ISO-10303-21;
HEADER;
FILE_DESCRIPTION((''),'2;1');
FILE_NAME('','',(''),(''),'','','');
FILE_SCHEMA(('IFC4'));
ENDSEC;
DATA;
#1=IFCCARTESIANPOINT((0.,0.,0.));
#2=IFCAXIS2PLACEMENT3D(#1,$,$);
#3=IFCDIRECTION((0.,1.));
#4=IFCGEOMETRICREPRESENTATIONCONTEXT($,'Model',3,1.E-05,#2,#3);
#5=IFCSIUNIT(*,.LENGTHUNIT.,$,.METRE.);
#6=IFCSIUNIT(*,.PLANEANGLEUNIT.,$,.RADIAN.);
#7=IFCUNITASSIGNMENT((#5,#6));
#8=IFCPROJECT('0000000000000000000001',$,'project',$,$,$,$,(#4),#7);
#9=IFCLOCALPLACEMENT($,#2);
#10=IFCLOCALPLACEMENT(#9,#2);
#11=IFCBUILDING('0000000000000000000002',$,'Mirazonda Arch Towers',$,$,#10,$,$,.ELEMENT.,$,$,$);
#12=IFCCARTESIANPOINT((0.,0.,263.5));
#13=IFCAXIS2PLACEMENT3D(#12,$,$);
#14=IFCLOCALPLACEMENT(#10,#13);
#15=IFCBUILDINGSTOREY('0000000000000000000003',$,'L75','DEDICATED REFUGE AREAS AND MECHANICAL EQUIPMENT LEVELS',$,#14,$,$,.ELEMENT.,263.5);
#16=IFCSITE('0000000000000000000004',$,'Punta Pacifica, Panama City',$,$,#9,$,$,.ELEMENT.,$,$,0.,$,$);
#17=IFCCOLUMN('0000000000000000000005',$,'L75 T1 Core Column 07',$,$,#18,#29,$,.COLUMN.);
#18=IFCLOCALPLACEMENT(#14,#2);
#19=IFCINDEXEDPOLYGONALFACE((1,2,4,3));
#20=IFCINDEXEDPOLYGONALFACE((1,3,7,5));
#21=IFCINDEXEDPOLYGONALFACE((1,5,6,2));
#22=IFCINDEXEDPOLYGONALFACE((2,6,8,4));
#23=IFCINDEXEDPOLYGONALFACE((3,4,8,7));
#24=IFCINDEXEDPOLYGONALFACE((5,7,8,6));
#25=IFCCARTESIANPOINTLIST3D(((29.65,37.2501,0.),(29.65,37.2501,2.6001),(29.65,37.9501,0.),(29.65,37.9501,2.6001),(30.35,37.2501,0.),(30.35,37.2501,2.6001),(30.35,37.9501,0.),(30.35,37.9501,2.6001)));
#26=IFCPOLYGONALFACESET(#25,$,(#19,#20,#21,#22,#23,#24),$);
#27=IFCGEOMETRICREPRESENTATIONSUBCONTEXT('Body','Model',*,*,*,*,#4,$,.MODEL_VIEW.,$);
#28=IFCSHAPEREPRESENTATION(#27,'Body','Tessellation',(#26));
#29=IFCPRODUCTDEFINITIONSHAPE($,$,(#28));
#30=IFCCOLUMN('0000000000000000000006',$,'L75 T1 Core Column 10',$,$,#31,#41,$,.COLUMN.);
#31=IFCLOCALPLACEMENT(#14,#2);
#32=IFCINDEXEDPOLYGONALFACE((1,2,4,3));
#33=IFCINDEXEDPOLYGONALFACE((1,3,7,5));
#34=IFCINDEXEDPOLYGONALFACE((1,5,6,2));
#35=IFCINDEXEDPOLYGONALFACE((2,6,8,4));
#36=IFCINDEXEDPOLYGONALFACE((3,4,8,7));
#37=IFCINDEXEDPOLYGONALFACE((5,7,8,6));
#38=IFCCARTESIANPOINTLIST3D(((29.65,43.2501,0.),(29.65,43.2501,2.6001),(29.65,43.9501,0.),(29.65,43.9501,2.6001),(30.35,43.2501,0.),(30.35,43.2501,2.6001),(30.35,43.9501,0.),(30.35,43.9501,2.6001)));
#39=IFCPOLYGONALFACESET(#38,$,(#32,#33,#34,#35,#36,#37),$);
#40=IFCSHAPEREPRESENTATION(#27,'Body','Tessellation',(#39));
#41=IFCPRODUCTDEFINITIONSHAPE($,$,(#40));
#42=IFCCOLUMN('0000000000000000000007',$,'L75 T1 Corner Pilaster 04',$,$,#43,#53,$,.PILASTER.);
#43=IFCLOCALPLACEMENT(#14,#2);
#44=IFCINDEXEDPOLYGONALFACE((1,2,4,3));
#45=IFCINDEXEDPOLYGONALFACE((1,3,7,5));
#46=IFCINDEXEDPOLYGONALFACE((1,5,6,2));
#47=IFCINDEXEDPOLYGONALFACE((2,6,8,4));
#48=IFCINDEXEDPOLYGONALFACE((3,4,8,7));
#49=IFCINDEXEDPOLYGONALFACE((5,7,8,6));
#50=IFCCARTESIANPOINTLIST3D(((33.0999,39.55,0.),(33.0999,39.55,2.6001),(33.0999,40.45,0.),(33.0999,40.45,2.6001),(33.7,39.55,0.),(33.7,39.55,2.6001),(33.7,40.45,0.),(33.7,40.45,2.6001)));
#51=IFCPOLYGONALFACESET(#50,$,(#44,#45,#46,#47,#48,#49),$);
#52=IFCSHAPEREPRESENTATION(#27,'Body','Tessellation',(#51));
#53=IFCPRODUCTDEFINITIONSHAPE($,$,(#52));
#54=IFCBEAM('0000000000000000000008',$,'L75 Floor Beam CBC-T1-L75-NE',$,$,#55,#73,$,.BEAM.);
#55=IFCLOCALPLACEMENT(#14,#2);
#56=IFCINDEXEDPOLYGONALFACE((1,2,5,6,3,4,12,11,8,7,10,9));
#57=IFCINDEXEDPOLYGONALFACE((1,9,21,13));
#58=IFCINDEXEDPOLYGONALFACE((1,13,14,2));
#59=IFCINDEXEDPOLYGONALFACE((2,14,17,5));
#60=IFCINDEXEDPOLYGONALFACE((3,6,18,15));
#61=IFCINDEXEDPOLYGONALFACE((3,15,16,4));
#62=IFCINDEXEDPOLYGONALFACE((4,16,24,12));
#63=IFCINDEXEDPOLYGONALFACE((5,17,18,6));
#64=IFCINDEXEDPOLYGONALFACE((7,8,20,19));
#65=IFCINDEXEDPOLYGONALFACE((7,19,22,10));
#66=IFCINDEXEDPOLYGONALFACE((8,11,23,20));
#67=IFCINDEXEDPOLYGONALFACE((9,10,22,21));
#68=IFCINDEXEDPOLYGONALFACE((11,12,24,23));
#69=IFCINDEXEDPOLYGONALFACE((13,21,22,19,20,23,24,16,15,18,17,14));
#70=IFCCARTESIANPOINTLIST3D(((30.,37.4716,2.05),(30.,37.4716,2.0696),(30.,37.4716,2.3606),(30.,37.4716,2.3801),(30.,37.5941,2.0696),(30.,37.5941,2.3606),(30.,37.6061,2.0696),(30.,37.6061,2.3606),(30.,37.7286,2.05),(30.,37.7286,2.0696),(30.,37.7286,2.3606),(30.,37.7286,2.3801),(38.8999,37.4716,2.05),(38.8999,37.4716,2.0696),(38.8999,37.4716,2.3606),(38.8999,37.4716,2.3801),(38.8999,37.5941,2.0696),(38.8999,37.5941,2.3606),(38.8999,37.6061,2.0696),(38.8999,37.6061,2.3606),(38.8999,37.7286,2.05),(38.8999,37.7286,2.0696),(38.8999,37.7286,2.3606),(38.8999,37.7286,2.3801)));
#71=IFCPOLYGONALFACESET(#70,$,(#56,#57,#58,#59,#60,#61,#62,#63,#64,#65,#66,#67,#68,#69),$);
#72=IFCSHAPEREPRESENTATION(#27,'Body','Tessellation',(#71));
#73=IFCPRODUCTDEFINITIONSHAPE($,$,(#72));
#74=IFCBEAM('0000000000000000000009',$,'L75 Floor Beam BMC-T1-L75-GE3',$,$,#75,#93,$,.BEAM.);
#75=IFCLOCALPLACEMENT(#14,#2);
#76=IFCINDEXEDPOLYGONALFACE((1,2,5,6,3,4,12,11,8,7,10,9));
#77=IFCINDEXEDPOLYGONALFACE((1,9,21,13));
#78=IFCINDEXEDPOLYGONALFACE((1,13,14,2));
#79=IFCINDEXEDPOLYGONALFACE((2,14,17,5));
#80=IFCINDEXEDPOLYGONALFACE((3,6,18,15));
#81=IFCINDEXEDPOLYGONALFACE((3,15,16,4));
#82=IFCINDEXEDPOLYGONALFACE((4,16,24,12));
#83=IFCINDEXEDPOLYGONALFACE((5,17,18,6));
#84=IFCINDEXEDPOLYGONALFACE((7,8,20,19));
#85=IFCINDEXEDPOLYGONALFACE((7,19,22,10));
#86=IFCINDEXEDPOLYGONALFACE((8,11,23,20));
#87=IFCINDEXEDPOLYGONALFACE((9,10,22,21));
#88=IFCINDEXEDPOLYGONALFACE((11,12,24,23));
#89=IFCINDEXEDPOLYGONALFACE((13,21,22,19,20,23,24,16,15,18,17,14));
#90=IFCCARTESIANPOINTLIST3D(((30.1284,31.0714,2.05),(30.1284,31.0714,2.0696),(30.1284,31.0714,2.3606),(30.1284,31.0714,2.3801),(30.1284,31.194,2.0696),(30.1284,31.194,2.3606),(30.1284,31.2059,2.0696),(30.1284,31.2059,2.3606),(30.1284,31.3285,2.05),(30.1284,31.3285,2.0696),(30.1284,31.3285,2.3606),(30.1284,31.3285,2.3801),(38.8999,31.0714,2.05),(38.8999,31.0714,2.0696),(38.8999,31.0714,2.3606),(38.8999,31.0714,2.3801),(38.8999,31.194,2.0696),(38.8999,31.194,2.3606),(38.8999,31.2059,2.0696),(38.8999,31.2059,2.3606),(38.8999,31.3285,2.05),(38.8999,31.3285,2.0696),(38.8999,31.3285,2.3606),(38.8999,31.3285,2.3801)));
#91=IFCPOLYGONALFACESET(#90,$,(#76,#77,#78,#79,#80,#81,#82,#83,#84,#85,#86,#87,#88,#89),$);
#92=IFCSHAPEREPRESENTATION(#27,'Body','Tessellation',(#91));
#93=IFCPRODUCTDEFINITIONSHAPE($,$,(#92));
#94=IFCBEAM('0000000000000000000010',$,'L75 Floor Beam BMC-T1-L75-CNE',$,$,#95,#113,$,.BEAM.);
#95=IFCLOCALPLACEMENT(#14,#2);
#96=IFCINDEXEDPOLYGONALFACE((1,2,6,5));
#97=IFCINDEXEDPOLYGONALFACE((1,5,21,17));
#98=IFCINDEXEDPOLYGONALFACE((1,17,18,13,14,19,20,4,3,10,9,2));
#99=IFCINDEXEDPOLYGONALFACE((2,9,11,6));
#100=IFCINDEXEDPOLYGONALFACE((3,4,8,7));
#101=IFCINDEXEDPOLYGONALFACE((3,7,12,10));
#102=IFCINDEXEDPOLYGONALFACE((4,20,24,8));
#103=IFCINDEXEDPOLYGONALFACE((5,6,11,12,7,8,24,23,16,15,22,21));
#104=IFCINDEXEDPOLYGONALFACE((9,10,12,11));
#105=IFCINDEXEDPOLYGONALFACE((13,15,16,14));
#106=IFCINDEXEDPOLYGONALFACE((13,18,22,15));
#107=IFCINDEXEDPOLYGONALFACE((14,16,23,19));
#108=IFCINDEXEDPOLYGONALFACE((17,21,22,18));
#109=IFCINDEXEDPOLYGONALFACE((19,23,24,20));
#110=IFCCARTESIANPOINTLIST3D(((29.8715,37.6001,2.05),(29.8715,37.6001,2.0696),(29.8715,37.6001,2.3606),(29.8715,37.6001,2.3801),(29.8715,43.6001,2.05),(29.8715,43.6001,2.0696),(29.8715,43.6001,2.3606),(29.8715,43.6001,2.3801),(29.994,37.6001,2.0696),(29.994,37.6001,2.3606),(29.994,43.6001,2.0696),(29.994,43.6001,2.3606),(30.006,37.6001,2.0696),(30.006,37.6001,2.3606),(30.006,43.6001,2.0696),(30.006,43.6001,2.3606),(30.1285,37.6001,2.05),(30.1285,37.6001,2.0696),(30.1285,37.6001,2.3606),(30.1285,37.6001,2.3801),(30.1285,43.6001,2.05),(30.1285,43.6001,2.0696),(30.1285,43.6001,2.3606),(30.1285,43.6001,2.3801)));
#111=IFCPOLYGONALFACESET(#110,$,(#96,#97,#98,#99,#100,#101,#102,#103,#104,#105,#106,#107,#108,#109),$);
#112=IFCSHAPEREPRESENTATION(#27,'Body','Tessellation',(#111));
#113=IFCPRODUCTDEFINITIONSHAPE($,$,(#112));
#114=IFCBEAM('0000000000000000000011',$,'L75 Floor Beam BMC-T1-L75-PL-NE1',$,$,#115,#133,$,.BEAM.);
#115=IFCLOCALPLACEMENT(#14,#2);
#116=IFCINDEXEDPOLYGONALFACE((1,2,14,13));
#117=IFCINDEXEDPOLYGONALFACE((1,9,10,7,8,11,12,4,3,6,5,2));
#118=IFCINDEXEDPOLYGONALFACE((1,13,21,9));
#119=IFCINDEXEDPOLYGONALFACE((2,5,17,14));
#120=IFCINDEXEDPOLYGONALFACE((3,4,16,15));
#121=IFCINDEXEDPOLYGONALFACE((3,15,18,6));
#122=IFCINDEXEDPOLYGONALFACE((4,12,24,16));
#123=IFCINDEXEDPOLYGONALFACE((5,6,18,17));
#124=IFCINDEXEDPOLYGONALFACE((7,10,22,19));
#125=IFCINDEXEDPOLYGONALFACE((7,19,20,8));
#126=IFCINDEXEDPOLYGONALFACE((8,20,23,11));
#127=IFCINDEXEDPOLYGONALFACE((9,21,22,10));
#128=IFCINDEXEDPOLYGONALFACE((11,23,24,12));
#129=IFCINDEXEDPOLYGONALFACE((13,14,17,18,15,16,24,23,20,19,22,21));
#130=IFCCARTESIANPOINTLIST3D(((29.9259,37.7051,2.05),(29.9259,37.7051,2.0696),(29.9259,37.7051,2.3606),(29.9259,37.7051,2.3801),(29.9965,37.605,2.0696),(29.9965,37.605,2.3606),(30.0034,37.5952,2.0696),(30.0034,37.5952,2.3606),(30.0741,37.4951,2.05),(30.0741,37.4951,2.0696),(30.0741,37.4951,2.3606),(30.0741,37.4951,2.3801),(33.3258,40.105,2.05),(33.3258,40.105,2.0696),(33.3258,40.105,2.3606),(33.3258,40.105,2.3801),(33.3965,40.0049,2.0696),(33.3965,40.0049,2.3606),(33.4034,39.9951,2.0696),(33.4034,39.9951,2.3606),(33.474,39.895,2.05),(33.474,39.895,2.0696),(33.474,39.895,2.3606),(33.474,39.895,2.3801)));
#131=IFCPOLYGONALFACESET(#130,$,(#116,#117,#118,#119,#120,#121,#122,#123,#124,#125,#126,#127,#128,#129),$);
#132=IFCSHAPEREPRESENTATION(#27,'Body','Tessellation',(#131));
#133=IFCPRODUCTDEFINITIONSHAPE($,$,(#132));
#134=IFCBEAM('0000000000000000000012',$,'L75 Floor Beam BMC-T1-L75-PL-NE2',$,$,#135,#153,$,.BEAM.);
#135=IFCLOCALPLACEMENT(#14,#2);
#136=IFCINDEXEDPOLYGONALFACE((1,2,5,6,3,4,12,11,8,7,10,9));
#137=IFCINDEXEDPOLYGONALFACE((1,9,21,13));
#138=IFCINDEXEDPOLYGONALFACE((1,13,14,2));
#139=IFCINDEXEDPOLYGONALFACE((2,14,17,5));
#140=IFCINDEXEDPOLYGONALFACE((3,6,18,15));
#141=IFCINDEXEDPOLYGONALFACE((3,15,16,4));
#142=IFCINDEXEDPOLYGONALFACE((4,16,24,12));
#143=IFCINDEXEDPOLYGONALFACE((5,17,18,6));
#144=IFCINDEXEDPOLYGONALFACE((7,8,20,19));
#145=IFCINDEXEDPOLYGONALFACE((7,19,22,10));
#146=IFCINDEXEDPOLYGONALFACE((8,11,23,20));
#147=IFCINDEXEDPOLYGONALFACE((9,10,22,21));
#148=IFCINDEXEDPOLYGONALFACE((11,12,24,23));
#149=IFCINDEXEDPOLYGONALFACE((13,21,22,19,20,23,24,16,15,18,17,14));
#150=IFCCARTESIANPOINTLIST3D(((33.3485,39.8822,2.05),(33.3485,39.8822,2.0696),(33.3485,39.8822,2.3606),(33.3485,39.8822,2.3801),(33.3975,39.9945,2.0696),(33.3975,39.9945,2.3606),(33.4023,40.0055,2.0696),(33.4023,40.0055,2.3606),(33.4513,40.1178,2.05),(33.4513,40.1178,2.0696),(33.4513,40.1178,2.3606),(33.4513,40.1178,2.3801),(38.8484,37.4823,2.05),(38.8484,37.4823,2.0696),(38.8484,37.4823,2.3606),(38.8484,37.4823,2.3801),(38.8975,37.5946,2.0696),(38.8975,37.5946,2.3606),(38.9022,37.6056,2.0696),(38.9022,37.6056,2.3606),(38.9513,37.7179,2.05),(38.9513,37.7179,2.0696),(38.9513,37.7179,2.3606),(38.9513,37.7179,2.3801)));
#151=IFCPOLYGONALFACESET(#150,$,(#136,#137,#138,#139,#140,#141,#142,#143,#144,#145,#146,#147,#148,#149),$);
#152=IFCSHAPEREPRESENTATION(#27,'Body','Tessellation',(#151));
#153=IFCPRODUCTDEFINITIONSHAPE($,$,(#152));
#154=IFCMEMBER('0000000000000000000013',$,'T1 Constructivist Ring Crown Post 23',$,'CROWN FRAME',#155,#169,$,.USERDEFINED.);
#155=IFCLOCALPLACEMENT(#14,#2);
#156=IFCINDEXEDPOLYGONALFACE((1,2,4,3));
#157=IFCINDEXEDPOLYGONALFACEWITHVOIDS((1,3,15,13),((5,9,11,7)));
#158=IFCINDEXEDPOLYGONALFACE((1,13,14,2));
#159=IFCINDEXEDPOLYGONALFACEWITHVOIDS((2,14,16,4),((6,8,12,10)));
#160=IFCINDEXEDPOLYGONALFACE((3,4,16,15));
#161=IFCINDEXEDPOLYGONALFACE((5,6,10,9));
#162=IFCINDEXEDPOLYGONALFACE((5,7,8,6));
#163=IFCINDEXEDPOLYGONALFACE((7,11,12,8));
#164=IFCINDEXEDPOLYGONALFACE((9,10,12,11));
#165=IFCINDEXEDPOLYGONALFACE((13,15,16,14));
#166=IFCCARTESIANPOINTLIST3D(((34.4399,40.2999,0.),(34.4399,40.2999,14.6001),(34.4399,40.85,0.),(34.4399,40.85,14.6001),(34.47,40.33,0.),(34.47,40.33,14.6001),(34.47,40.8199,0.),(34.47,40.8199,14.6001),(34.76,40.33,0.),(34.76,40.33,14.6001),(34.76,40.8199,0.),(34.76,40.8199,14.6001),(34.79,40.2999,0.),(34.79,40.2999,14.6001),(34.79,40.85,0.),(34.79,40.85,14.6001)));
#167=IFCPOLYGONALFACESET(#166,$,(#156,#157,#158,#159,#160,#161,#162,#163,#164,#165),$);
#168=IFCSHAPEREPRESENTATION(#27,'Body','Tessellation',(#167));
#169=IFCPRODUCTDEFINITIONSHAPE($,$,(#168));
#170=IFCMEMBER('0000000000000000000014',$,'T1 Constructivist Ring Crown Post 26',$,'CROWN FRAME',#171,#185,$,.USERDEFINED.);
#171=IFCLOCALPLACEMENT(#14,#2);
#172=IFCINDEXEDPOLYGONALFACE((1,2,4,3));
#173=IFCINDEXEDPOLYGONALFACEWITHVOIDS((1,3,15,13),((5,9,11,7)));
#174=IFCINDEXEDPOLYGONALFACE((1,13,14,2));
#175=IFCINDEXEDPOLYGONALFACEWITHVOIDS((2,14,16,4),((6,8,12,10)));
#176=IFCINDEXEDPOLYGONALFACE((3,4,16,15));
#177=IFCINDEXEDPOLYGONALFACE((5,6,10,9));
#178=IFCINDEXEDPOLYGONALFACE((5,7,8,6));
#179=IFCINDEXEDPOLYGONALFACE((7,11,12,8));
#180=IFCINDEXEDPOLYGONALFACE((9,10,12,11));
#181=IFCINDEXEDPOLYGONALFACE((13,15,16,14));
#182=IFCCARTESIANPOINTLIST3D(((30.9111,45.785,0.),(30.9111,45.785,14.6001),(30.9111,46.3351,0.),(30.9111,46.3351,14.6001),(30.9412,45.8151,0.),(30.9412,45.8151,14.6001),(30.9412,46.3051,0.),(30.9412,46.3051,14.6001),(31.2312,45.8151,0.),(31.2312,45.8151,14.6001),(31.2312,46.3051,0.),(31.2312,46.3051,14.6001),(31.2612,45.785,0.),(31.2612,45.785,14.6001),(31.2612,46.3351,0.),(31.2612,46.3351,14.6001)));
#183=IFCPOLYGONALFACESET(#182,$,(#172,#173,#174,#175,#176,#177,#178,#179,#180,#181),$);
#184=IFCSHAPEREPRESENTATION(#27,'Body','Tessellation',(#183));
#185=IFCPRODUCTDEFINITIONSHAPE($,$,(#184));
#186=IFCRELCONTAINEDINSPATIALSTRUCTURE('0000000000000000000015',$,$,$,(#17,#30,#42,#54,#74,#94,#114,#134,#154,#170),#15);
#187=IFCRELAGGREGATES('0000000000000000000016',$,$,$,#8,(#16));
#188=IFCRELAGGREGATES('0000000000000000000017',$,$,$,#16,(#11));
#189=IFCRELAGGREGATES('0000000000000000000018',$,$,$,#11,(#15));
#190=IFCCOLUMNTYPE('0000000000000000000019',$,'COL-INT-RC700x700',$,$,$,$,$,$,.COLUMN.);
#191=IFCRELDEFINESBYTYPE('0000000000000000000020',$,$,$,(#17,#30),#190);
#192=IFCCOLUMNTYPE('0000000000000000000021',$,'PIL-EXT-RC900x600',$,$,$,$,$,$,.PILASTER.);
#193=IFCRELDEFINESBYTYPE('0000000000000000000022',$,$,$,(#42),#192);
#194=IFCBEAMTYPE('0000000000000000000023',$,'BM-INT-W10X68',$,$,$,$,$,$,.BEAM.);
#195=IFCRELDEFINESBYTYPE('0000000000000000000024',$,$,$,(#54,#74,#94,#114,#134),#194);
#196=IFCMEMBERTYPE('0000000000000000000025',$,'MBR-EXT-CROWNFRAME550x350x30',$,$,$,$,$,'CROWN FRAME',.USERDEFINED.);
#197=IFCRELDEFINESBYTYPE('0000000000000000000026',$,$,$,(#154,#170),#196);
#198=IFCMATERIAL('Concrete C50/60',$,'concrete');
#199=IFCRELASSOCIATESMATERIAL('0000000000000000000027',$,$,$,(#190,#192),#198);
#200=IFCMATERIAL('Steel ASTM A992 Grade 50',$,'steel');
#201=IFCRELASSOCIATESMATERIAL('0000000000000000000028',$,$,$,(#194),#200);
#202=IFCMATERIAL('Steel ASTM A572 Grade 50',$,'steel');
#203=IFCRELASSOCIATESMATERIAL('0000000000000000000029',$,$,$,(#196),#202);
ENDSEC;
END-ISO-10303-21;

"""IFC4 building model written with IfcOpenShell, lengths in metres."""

from ifc_helpers import new_model, si_unit, direction, frame, origin, origin_2d, place, context, subcontext, project, spatial, rectangle, hollow_rectangle, i_section, extrude, material, material_profile, profile_set, type_object, element, save


model = new_model("IFC4")

# Units and contexts
model_context = context("Model", 3, precision=1e-05, world=origin(), true_north=direction((0.0, 1.0)))
body_context = subcontext(model_context, "Body", "Model", "MODEL_VIEW")
ifc_project = project(units=[si_unit("LENGTHUNIT", "METRE"), si_unit("PLANEANGLEUNIT", "RADIAN")], contexts=[model_context])

# Site, building, storey
site_placement = place(None, origin())
site = spatial("IfcSite", under=ifc_project, at=site_placement, Name="Punta Pacifica, Panama City", CompositionType="ELEMENT", RefElevation=0.0)
building_placement = place(site_placement, origin())
building = spatial("IfcBuilding", under=site, at=building_placement, Name="Mirazonda Arch Towers", CompositionType="ELEMENT")
storey_placement = place(building_placement, frame((0.0, 0.0, 263.5)))
storey = spatial("IfcBuildingStorey", under=building, at=storey_placement, Name="L75", Description="DEDICATED REFUGE AREAS AND MECHANICAL EQUIPMENT LEVELS", CompositionType="ELEMENT", Elevation=263.5)

# Columns
ifc_material_1 = material(Name="Concrete C50/60", Category="concrete")
ifc_material_profile_1 = material_profile(ifc_material_1, rectangle(XDim=0.7, YDim=0.7, at=origin_2d()), Name="RC700x700")
ifc_profile_set_1 = profile_set([ifc_material_profile_1], Name="Concrete C50/60")
column_type_1 = type_object("IfcColumnType", Name="COL-INT-RC700x700", PredefinedType="COLUMN", material=ifc_profile_set_1)
for number, where, z_axis, x_axis, name in (
    (1, (30.0, 37.6001, 0.0), (0.0, 0.0, 1.0), (1.0, 0.0, 0.0), "L75 T1 Core Column 07"),
    (2, (30.0, 43.6001, 0.0), (0.0, 0.0, 1.0), (1.0, 0.0, 0.0), "L75 T1 Core Column 10"),
):
    element("IfcColumn", number, at=place(storey_placement, frame(where, z_axis=z_axis, x_axis=x_axis)), inside=storey, type_object=column_type_1, Name=name, PredefinedType="COLUMN", context=body_context, shape_type="SweptSolid", body=[
        extrude(rectangle(XDim=0.7, YDim=0.7, at=origin_2d()), origin(), (0.0, 0.0, 1.0), 2.6001),
    ])
ifc_material_profile_2 = material_profile(ifc_material_1, rectangle(XDim=0.6001, YDim=0.8999, at=origin_2d()), Name="RC900x600")
ifc_profile_set_2 = profile_set([ifc_material_profile_2], Name="Concrete C50/60")
column_type_2 = type_object("IfcColumnType", Name="PIL-EXT-RC900x600", PredefinedType="PILASTER", material=ifc_profile_set_2)
column_placement = place(storey_placement, frame((33.3999, 40.0, 0.0), z_axis=(0.0, 0.0, 1.0), x_axis=(1.0, 0.0, 0.0)))
element("IfcColumn", 3, at=column_placement, inside=storey, type_object=column_type_2, Name="L75 T1 Corner Pilaster 04", PredefinedType="PILASTER", context=body_context, shape_type="SweptSolid", body=[
    extrude(rectangle(XDim=0.6001, YDim=0.8999, at=origin_2d()), origin(), (0.0, 0.0, 1.0), 2.6001),
])

# Beams
ifc_material_2 = material(Name="Steel ASTM A992 Grade 50", Category="steel")
ifc_material_profile_3 = material_profile(ifc_material_2, i_section(OverallWidth=0.2571, OverallDepth=0.3301, WebThickness=0.012, FlangeThickness=0.0195, at=origin_2d()), Name="W10X68")
ifc_profile_set_3 = profile_set([ifc_material_profile_3], Name="Steel ASTM A992 Grade 50")
beam_type = type_object("IfcBeamType", Name="BM-INT-W10X68", PredefinedType="BEAM", material=ifc_profile_set_3)
beam_1_placement = place(storey_placement, frame((30.0, 37.6001, 2.2151), z_axis=(1.0, 0.0, 0.0), x_axis=(0.0, 1.0, 0.0)))
element("IfcBeam", 4, at=beam_1_placement, inside=storey, type_object=beam_type, Name="L75 Floor Beam CBC-T1-L75-NE", PredefinedType="BEAM", context=body_context, shape_type="SweptSolid", body=[
    extrude(i_section(OverallWidth=0.2571, OverallDepth=0.3301, WebThickness=0.012, FlangeThickness=0.0195, at=origin_2d()), origin(), (0.0, 0.0, 1.0), 8.8999),
])
beam_2_placement = place(storey_placement, frame((30.1284, 31.2, 2.2151), z_axis=(1.0, 0.0, 0.0), x_axis=(0.0, 1.0, 0.0)))
element("IfcBeam", 5, at=beam_2_placement, inside=storey, type_object=beam_type, Name="L75 Floor Beam BMC-T1-L75-GE3", PredefinedType="BEAM", context=body_context, shape_type="SweptSolid", body=[
    extrude(i_section(OverallWidth=0.2571, OverallDepth=0.3301, WebThickness=0.012, FlangeThickness=0.0195, at=origin_2d()), origin(), (0.0, 0.0, 1.0), 8.7715),
])
beam_3_placement = place(storey_placement, frame((30.0, 37.6001, 2.2151), z_axis=(0.0, 1.0, 0.0), x_axis=(-1.0, 0.0, 0.0)))
element("IfcBeam", 6, at=beam_3_placement, inside=storey, type_object=beam_type, Name="L75 Floor Beam BMC-T1-L75-CNE", PredefinedType="BEAM", context=body_context, shape_type="SweptSolid", body=[
    extrude(i_section(OverallWidth=0.2571, OverallDepth=0.3301, WebThickness=0.012, FlangeThickness=0.0195, at=origin_2d()), origin(), (0.0, 0.0, 1.0), 6.0),
])
beam_4_placement = place(storey_placement, frame((33.3999, 40.0, 2.2151), z_axis=(-0.816971, -0.576679, 0.0), x_axis=(0.576679, -0.816971, 0.0)))
element("IfcBeam", 7, at=beam_4_placement, inside=storey, type_object=beam_type, Name="L75 Floor Beam BMC-T1-L75-PL-NE1", PredefinedType="BEAM", context=body_context, shape_type="SweptSolid", body=[
    extrude(i_section(OverallWidth=0.2571, OverallDepth=0.3301, WebThickness=0.012, FlangeThickness=0.0195, at=origin_2d()), origin(), (0.0, 0.0, 1.0), 4.1616),
])
beam_5_placement = place(storey_placement, frame((33.3999, 40.0, 2.2151), z_axis=(0.916545, -0.399931, 0.0), x_axis=(0.399931, 0.916545, 0.0)))
element("IfcBeam", 8, at=beam_5_placement, inside=storey, type_object=beam_type, Name="L75 Floor Beam BMC-T1-L75-PL-NE2", PredefinedType="BEAM", context=body_context, shape_type="SweptSolid", body=[
    extrude(i_section(OverallWidth=0.2571, OverallDepth=0.3301, WebThickness=0.012, FlangeThickness=0.0195, at=origin_2d()), origin(), (0.0, 0.0, 1.0), 6.0007),
])

# Members
ifc_material_3 = material(Name="Steel ASTM A572 Grade 50", Category="steel")
ifc_material_profile_4 = material_profile(ifc_material_3, hollow_rectangle(XDim=0.3501, YDim=0.55, WallThickness=0.03, at=origin_2d()), Name="CROWNFRAME550x350x30")
ifc_profile_set_4 = profile_set([ifc_material_profile_4], Name="Steel ASTM A572 Grade 50")
member_type = type_object("IfcMemberType", Name="MBR-EXT-CROWNFRAME550x350x30", ElementType="CROWN FRAME", PredefinedType="USERDEFINED", material=ifc_profile_set_4)
for number, where, z_axis, x_axis, name in (
    (9, (34.615, 40.575, 0.0), (0.0, 0.0, 1.0), (1.0, 0.0, 0.0), "T1 Constructivist Ring Crown Post 23"),
    (10, (31.0862, 46.0601, 0.0), (0.0, 0.0, 1.0), (1.0, 0.0, 0.0), "T1 Constructivist Ring Crown Post 26"),
):
    element("IfcMember", number, at=place(storey_placement, frame(where, z_axis=z_axis, x_axis=x_axis)), inside=storey, type_object=member_type, Name=name, ObjectType="CROWN FRAME", PredefinedType="USERDEFINED", context=body_context, shape_type="SweptSolid", body=[
        extrude(hollow_rectangle(XDim=0.3501, YDim=0.55, WallThickness=0.03, at=origin_2d()), origin(), (0.0, 0.0, 1.0), 14.6001),
    ])

save(model, "model.ifc")
